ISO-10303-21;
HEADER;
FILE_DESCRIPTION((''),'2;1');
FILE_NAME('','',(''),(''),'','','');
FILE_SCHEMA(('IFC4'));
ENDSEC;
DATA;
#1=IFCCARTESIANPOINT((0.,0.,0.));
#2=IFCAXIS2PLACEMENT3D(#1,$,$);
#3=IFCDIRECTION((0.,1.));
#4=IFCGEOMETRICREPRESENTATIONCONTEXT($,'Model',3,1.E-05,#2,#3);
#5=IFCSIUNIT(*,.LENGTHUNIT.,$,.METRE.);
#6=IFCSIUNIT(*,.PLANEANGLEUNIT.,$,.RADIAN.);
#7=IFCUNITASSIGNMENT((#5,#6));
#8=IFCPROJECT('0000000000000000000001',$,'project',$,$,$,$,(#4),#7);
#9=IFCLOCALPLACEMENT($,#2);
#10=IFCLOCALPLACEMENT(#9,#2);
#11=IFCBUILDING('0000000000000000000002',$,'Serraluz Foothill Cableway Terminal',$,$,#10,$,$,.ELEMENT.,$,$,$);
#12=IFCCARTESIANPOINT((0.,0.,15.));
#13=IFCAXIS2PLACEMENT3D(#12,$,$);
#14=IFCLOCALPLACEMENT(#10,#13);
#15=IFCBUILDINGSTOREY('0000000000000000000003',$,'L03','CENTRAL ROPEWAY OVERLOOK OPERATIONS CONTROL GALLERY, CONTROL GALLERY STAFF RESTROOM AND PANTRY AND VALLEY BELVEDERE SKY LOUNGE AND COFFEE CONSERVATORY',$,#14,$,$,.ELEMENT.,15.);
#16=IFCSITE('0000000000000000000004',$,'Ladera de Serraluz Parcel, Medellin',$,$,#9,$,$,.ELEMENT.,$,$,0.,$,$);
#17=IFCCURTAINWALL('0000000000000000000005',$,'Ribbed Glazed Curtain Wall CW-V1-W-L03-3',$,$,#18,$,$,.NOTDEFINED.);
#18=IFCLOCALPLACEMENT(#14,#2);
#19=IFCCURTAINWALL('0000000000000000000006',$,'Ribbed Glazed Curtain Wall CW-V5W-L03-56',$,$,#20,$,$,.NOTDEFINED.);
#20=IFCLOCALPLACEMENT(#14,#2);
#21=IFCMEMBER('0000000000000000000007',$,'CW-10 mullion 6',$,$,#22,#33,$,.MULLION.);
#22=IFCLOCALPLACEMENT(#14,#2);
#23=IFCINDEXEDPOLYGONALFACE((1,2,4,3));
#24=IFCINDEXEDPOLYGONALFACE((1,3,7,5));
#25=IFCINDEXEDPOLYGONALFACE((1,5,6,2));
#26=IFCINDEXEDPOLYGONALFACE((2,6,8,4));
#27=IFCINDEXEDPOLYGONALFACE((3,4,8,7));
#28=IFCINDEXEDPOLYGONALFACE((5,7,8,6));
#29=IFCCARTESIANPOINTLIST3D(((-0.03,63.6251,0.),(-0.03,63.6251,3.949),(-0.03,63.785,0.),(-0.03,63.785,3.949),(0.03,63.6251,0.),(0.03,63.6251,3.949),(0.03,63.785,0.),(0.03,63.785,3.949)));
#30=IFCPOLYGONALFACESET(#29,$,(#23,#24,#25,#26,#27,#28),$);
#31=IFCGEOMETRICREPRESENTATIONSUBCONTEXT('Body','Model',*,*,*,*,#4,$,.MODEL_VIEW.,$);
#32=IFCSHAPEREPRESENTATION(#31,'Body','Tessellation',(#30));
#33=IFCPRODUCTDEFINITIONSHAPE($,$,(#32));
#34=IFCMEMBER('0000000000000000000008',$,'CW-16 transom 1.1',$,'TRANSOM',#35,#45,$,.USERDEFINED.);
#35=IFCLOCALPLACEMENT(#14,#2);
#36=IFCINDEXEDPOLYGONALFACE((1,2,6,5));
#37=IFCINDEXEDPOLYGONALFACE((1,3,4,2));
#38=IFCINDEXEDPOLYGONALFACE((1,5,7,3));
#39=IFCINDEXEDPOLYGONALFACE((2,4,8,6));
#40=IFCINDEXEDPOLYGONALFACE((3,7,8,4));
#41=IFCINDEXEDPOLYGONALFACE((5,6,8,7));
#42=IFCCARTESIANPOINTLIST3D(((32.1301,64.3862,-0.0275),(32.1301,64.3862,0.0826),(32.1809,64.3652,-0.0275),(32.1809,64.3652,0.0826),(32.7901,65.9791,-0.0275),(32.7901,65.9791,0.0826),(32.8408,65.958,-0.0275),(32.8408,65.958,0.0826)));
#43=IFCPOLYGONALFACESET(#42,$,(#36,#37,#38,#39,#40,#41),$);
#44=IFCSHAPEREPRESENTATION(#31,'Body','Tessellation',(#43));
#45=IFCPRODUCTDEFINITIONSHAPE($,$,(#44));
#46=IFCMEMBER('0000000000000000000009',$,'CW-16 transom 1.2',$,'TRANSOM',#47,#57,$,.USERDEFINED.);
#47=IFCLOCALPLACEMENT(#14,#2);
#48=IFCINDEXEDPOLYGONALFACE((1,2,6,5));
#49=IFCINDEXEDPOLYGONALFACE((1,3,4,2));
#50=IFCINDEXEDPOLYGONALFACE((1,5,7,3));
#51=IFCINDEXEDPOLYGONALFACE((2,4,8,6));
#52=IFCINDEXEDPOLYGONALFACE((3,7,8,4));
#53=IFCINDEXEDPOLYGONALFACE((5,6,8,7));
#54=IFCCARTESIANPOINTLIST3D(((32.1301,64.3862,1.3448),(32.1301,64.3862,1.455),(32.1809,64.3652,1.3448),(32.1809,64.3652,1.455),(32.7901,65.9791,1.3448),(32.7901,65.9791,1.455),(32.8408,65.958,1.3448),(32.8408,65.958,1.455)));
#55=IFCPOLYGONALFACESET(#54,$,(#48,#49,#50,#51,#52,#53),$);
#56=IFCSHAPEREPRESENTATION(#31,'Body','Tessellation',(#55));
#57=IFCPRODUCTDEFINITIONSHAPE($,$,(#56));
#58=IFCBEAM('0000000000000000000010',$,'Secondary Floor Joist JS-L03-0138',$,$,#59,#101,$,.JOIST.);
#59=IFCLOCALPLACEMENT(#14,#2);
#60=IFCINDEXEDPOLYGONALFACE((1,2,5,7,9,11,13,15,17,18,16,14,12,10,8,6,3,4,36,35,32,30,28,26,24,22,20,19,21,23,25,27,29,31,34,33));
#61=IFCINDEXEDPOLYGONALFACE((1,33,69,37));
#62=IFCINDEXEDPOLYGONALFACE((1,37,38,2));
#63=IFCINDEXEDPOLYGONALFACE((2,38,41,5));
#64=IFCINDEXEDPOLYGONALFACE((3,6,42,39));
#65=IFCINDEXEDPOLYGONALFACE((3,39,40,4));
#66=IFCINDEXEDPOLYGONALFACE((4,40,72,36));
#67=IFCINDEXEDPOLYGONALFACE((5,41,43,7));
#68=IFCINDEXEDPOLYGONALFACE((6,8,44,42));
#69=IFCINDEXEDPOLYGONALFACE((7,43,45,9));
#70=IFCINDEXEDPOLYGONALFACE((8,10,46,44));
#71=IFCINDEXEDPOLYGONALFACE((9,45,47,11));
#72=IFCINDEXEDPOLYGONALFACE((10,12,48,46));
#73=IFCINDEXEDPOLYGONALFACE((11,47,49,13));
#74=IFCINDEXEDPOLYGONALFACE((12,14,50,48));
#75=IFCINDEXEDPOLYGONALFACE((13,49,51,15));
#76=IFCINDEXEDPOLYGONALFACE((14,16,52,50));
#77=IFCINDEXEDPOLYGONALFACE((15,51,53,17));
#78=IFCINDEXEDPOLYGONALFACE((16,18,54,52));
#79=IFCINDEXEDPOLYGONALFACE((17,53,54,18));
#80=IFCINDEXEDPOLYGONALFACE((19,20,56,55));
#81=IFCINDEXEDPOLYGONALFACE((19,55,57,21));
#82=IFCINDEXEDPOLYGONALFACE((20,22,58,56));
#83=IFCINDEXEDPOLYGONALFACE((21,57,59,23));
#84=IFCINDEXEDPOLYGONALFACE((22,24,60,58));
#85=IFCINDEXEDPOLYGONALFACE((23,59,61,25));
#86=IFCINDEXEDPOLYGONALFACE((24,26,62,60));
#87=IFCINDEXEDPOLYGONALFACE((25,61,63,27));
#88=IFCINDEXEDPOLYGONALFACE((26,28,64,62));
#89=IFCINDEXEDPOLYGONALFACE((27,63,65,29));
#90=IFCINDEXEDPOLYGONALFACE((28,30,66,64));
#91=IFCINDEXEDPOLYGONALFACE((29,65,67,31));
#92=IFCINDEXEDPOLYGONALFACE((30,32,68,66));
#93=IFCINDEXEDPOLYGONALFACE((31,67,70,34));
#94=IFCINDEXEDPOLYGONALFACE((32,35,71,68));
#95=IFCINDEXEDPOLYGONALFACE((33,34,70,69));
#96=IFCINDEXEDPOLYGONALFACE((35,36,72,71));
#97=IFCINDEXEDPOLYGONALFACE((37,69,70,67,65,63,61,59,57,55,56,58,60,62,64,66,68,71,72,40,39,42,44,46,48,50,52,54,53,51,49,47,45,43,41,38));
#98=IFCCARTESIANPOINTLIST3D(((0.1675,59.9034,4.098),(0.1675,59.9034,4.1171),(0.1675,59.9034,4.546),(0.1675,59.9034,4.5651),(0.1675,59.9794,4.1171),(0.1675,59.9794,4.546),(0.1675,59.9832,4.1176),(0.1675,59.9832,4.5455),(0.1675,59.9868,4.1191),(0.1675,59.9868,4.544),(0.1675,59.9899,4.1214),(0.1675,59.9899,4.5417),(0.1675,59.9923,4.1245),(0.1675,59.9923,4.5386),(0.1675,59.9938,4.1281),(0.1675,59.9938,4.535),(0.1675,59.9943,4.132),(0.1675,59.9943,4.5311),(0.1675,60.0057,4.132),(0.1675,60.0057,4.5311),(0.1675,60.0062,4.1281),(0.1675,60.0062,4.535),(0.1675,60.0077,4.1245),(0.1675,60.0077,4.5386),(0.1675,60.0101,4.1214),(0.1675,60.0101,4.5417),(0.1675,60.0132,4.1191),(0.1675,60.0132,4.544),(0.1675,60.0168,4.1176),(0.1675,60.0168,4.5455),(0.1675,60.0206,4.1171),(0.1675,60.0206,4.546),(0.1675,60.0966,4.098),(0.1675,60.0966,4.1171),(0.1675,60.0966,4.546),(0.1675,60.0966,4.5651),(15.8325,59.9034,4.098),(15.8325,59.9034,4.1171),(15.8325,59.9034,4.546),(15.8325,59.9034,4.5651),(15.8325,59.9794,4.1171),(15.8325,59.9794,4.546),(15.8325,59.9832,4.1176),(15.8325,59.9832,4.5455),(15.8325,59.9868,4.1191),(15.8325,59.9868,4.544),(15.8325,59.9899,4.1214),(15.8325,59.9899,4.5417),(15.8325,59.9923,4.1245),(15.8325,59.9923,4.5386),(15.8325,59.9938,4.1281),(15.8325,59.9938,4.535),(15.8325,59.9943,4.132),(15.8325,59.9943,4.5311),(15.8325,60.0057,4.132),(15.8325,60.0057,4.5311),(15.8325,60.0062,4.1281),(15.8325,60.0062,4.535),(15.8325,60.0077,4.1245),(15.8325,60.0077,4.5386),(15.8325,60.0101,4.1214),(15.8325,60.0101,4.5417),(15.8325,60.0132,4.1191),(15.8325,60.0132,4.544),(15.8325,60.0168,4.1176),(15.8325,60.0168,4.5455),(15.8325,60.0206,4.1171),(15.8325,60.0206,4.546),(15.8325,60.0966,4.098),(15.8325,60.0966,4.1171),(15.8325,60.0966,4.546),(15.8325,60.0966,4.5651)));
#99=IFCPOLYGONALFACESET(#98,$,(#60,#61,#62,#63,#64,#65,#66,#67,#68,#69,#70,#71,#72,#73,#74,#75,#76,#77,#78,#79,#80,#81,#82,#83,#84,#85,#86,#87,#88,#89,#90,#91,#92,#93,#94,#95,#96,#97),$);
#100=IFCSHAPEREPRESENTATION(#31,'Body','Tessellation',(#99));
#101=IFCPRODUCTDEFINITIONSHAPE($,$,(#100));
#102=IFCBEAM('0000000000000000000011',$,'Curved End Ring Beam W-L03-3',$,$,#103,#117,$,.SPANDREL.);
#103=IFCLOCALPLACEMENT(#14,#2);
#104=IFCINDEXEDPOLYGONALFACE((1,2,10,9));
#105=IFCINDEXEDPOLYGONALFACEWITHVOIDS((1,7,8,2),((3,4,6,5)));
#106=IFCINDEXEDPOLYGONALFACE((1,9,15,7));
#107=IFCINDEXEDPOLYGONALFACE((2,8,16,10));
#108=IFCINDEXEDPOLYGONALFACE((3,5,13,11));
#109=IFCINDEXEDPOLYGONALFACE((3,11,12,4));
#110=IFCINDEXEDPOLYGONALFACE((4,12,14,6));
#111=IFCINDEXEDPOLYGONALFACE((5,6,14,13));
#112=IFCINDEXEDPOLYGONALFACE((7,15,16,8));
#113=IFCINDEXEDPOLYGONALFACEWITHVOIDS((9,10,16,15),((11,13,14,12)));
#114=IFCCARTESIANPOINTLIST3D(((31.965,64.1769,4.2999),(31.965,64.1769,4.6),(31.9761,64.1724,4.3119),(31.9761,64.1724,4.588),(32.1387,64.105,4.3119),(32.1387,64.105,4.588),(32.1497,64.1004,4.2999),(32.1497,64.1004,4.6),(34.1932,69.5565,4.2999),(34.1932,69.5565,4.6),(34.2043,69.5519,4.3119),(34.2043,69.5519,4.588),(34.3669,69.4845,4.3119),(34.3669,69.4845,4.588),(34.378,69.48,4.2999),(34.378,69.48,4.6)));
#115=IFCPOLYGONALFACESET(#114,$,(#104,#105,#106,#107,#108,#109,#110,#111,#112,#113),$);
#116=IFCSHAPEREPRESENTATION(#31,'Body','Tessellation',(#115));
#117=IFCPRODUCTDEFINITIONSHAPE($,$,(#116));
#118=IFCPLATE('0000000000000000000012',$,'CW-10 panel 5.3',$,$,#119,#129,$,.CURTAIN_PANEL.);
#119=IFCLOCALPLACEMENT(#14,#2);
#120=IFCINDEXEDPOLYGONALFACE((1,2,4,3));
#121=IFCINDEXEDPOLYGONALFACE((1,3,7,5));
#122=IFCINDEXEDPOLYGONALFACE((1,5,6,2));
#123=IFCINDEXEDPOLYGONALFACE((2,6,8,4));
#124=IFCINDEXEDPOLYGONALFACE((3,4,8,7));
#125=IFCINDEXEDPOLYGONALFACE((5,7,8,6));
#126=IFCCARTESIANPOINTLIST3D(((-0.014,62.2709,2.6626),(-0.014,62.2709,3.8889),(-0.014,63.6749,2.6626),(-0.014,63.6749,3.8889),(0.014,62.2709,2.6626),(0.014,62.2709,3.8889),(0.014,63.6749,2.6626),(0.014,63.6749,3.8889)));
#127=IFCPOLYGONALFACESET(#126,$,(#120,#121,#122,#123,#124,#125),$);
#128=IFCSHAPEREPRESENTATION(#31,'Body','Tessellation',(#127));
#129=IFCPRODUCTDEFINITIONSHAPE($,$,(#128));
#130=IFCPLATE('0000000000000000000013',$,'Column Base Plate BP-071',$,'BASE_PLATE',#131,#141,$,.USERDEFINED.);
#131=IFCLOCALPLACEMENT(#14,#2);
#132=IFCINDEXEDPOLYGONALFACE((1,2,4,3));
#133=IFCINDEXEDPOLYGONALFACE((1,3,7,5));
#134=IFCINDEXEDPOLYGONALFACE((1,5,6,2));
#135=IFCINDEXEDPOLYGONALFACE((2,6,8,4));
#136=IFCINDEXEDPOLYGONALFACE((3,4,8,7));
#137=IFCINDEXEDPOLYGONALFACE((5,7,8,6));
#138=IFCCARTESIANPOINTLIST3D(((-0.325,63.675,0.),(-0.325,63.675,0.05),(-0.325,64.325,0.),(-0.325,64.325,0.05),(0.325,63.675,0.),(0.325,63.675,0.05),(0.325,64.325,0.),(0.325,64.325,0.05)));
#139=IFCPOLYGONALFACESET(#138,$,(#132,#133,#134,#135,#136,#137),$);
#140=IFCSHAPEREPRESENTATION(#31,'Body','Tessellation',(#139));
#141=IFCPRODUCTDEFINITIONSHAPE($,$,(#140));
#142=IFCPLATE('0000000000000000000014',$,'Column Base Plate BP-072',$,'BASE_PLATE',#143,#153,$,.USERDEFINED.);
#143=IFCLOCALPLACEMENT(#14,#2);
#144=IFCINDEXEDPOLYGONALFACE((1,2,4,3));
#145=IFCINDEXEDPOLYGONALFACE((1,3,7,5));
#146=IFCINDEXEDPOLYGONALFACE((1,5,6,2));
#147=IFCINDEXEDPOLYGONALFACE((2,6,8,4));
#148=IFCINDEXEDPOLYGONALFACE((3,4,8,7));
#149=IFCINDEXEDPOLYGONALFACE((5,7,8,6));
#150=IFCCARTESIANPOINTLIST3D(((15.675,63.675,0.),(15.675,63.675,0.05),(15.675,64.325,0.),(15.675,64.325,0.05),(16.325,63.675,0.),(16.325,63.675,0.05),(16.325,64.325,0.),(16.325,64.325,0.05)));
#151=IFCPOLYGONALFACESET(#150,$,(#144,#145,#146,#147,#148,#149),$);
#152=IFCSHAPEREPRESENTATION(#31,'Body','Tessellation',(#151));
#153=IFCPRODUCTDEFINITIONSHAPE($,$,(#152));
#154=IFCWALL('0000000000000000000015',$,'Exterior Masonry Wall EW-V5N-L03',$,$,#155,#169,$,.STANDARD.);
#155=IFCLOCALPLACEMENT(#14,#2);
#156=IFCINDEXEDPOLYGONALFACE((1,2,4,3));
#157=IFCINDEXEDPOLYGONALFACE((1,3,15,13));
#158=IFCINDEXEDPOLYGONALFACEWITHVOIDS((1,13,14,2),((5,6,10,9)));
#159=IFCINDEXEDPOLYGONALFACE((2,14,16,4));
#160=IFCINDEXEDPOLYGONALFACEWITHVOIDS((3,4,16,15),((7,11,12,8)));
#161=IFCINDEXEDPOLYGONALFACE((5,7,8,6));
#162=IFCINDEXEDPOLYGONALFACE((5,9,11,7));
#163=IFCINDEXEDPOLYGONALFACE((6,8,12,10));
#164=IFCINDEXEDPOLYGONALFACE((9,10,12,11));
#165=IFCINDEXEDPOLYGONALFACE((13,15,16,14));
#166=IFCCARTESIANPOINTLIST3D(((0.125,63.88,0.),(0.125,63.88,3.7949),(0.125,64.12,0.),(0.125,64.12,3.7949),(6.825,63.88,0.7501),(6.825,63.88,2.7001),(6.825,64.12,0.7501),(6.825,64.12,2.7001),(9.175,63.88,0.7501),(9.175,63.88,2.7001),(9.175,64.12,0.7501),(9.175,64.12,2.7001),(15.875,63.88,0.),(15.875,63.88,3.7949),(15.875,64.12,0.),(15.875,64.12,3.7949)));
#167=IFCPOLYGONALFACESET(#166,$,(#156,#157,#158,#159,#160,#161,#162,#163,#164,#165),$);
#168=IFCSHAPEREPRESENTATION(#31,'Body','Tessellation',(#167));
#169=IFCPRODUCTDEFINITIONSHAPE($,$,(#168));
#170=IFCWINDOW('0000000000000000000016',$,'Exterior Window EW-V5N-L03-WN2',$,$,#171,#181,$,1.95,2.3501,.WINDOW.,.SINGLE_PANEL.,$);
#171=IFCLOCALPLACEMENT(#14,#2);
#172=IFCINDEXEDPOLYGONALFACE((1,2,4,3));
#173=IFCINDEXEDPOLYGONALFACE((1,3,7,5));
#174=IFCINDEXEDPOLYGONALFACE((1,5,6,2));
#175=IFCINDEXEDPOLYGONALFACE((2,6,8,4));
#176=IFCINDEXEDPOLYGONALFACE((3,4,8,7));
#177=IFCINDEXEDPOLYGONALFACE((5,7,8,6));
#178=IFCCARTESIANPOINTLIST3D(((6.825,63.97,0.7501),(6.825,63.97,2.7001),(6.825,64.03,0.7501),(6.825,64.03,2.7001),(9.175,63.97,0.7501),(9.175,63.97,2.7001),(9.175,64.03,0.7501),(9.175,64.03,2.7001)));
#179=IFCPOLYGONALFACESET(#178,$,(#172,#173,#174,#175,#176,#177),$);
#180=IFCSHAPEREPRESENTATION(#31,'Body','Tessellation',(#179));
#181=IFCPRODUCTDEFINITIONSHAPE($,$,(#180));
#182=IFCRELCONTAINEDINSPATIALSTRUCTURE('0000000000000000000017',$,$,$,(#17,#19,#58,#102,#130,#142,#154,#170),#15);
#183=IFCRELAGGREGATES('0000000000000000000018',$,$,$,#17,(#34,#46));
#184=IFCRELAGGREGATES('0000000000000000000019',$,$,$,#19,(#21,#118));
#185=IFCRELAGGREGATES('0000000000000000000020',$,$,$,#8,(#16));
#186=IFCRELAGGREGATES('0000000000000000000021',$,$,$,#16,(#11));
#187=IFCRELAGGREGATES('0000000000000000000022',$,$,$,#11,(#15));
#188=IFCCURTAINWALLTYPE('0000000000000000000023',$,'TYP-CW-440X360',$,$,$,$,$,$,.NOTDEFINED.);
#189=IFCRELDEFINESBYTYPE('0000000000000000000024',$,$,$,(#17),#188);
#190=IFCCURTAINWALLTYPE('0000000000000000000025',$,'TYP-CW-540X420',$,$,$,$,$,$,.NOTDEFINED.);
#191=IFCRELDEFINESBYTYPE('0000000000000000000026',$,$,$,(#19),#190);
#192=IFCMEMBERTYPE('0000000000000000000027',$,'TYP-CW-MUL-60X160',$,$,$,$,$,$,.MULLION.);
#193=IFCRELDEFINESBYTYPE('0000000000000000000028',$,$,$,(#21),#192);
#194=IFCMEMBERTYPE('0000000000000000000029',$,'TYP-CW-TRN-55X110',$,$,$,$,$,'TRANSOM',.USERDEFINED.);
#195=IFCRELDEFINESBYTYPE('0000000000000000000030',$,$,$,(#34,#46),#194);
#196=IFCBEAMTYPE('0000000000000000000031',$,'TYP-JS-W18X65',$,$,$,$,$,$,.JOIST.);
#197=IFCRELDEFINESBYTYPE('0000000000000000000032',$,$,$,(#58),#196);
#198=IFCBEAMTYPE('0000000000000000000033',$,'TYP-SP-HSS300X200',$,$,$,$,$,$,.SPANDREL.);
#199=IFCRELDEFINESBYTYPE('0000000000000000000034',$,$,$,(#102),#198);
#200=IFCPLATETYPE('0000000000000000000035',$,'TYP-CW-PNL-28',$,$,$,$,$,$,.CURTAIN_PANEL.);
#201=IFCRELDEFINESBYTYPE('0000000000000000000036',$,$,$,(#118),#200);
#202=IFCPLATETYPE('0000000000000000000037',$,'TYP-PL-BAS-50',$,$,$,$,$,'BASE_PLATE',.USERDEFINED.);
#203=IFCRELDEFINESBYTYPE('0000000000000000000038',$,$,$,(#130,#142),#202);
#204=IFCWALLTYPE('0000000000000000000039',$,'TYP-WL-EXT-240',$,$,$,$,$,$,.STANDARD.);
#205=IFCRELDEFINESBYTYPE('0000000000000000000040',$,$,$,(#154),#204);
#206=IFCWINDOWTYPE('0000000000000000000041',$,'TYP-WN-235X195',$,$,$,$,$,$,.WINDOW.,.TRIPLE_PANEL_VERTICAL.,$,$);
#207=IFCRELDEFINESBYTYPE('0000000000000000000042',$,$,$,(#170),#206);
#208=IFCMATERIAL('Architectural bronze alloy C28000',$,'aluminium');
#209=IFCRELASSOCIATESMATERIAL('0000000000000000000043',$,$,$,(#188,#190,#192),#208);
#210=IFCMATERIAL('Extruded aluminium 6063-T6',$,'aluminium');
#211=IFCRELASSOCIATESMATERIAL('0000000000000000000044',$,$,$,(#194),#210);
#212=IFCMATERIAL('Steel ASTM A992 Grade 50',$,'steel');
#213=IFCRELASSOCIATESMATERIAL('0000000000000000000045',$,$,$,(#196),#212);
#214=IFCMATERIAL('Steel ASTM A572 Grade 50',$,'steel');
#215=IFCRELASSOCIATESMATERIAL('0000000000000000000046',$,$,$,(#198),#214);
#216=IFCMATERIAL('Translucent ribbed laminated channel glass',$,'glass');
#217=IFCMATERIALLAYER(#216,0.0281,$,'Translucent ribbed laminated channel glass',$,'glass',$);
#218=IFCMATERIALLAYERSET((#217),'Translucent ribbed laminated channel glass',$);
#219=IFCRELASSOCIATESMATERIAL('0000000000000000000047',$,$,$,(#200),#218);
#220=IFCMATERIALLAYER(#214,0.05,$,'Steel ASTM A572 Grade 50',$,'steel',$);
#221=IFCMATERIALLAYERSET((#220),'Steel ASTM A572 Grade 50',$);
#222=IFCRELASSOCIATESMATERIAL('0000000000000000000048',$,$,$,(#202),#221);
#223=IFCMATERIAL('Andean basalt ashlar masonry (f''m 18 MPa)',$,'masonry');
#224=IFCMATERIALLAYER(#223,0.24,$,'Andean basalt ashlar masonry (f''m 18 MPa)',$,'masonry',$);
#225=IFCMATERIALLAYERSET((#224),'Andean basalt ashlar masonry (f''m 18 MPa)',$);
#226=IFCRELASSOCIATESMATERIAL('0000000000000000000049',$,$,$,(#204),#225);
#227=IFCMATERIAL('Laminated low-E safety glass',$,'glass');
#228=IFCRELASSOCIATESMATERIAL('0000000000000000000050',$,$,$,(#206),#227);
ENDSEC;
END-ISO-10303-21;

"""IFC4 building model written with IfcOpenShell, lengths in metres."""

from ifc_helpers import new_model, si_unit, direction, frame, frame_2d, origin, origin_2d, place, context, subcontext, project, spatial, rectangle, hollow_rectangle, i_section, extrude, material, layer, layer_set, material_profile, profile_set, type_object, element, fill, aggregate, save


model = new_model("IFC4")

# Units and contexts
model_context = context("Model", 3, precision=1e-05, world=origin(), true_north=direction((0.0, 1.0)))
body_context = subcontext(model_context, "Body", "Model", "MODEL_VIEW")
ifc_project = project(units=[si_unit("LENGTHUNIT", "METRE"), si_unit("PLANEANGLEUNIT", "RADIAN")], contexts=[model_context])

# Site, building, storey
site_placement = place(None, origin())
site = spatial("IfcSite", under=ifc_project, at=site_placement, Name="Ladera de Serraluz Parcel, Medellin", CompositionType="ELEMENT", RefElevation=0.0)
building_placement = place(site_placement, origin())
building = spatial("IfcBuilding", under=site, at=building_placement, Name="Serraluz Foothill Cableway Terminal", CompositionType="ELEMENT")
storey_placement = place(building_placement, frame((0.0, 0.0, 15.0)))
storey = spatial("IfcBuildingStorey", under=building, at=storey_placement, Name="L03", Description="CENTRAL ROPEWAY OVERLOOK OPERATIONS CONTROL GALLERY, CONTROL GALLERY STAFF RESTROOM AND PANTRY AND VALLEY BELVEDERE SKY LOUNGE AND COFFEE CONSERVATORY", CompositionType="ELEMENT", Elevation=15.0)

# Shared definitions
ifc_material_1 = material(Name="Steel ASTM A572 Grade 50", Category="steel")

# Shared definitions
ifc_material_2 = material(Name="Steel ASTM A992 Grade 50", Category="steel")

# Curtain walls, member
ifc_material_3 = material(Name="Architectural bronze alloy C28000", Category="aluminium")
ifc_material_4 = material(Name="Extruded aluminium 6063-T6", Category="aluminium")
curtain_wall_type_1 = type_object("IfcCurtainWallType", Name="TYP-CW-440X360", PredefinedType="NOTDEFINED", material=ifc_material_3)
curtain_wall_1_placement = place(storey_placement, origin())
curtain_wall_1 = element("IfcCurtainWall", 1, at=curtain_wall_1_placement, inside=storey, type_object=curtain_wall_type_1, Name="Ribbed Glazed Curtain Wall CW-V1-W-L03-3", PredefinedType="NOTDEFINED")
curtain_wall_type_2 = type_object("IfcCurtainWallType", Name="TYP-CW-540X420", PredefinedType="NOTDEFINED", material=ifc_material_3)
curtain_wall_2_placement = place(storey_placement, origin())
curtain_wall_2 = element("IfcCurtainWall", 2, at=curtain_wall_2_placement, inside=storey, type_object=curtain_wall_type_2, Name="Ribbed Glazed Curtain Wall CW-V5W-L03-56", PredefinedType="NOTDEFINED")
ifc_material_profile_1 = material_profile(ifc_material_3, rectangle(XDim=0.0601, YDim=0.1599, at=origin_2d()), Name="ALU MULLION 60x160")
ifc_profile_set_1 = profile_set([ifc_material_profile_1], Name="Architectural bronze alloy C28000")
member_type_1 = type_object("IfcMemberType", Name="TYP-CW-MUL-60X160", PredefinedType="MULLION", material=ifc_profile_set_1)
member_1_placement = place(storey_placement, frame((0.0, 63.7051, 0.0), z_axis=(0.0, 0.0, 1.0), x_axis=(-1.0, 0.0, 0.0)))
member_1 = element("IfcMember", 3, at=member_1_placement, type_object=member_type_1, Name="CW-10 mullion 6", PredefinedType="MULLION", context=body_context, shape_type="SweptSolid", body=[
    extrude(rectangle(XDim=0.0601, YDim=0.1599, at=origin_2d()), origin(), (0.0, 0.0, 1.0), 3.949),
])

# Members
ifc_material_profile_2 = material_profile(ifc_material_4, rectangle(XDim=0.0549, YDim=0.1101, at=origin_2d()), Name="ALU TRANSOM 55x110")
ifc_profile_set_2 = profile_set([ifc_material_profile_2], Name="Extruded aluminium 6063-T6")
member_type_2 = type_object("IfcMemberType", Name="TYP-CW-TRN-55X110", ElementType="TRANSOM", PredefinedType="USERDEFINED", material=ifc_profile_set_2)
member_2_placement = place(storey_placement, frame((32.1555, 64.3757, 0.0276), z_axis=(0.382765, 0.923846, 0.0), x_axis=(-0.923846, 0.382765, 0.0)))
member_2 = element("IfcMember", 4, at=member_2_placement, type_object=member_type_2, Name="CW-16 transom 1.1", ObjectType="TRANSOM", PredefinedType="USERDEFINED", context=body_context, shape_type="SweptSolid", body=[
    extrude(rectangle(XDim=0.0549, YDim=0.1101, at=origin_2d()), origin(), (0.0, 0.0, 1.0), 1.7241),
])
member_3_placement = place(storey_placement, frame((32.1555, 64.3757, 1.3999), z_axis=(0.382765, 0.923846, 0.0), x_axis=(-0.923846, 0.382765, 0.0)))
member_3 = element("IfcMember", 5, at=member_3_placement, type_object=member_type_2, Name="CW-16 transom 1.2", ObjectType="TRANSOM", PredefinedType="USERDEFINED", context=body_context, shape_type="SweptSolid", body=[
    extrude(rectangle(XDim=0.0549, YDim=0.1101, at=origin_2d()), origin(), (0.0, 0.0, 1.0), 1.7241),
])
aggregate(curtain_wall_1, [member_2, member_3])

# Beams
ifc_material_profile_3 = material_profile(ifc_material_2, i_section(OverallWidth=0.1931, OverallDepth=0.467, WebThickness=0.0115, FlangeThickness=0.019, FilletRadius=0.0149, at=origin_2d()), Name="W18X65")
ifc_profile_set_3 = profile_set([ifc_material_profile_3], Name="Steel ASTM A992 Grade 50")
beam_type_1 = type_object("IfcBeamType", Name="TYP-JS-W18X65", PredefinedType="JOIST", material=ifc_profile_set_3)
beam_1_placement = place(storey_placement, frame((0.1675, 60.0, 4.3315), z_axis=(1.0, 0.0, 0.0), x_axis=(0.0, 1.0, 0.0)))
element("IfcBeam", 6, at=beam_1_placement, inside=storey, type_object=beam_type_1, Name="Secondary Floor Joist JS-L03-0138", PredefinedType="JOIST", context=body_context, shape_type="SweptSolid", body=[
    extrude(i_section(OverallWidth=0.1931, OverallDepth=0.467, WebThickness=0.0115, FlangeThickness=0.019, FilletRadius=0.0149, at=origin_2d()), origin(), (0.0, 0.0, 1.0), 15.665),
])
ifc_material_profile_4 = material_profile(ifc_material_1, hollow_rectangle(XDim=0.2, YDim=0.3, WallThickness=0.012, at=origin_2d()), Name="HSS300X200X12")
ifc_profile_set_4 = profile_set([ifc_material_profile_4], Name="Steel ASTM A572 Grade 50")
beam_type_2 = type_object("IfcBeamType", Name="TYP-SP-HSS300X200", PredefinedType="SPANDREL", material=ifc_profile_set_4)
beam_2_placement = place(storey_placement, frame((32.0574, 64.1387, 4.45), z_axis=(0.382676, 0.923882, 0.0), x_axis=(-0.923882, 0.382676, 0.0)))
element("IfcBeam", 7, at=beam_2_placement, inside=storey, type_object=beam_type_2, Name="Curved End Ring Beam W-L03-3", PredefinedType="SPANDREL", context=body_context, shape_type="SweptSolid", body=[
    extrude(hollow_rectangle(XDim=0.2, YDim=0.3, WallThickness=0.012, at=origin_2d()), origin(), (0.0, 0.0, 1.0), 5.8228),
])

# Plate
ifc_material_5 = material(Name="Translucent ribbed laminated channel glass", Category="glass")
ifc_layer_1 = layer(ifc_material_5, 0.0281, Name="Translucent ribbed laminated channel glass", Category="glass")
ifc_layer_set_1 = layer_set([ifc_layer_1], Name="Translucent ribbed laminated channel glass")
plate_type_1 = type_object("IfcPlateType", Name="TYP-CW-PNL-28", PredefinedType="CURTAIN_PANEL", material=ifc_layer_set_1)
plate_placement = place(storey_placement, frame((0.0, 62.9729, 2.6626), z_axis=(0.0, 0.0, 1.0), x_axis=(0.0, 1.0, 0.0)))
plate = element("IfcPlate", 8, at=plate_placement, type_object=plate_type_1, Name="CW-10 panel 5.3", PredefinedType="CURTAIN_PANEL", context=body_context, shape_type="SweptSolid", body=[
    extrude(rectangle(XDim=1.4041, YDim=0.0281, at=origin_2d()), origin(), (0.0, 0.0, 1.0), 1.2263),
])
aggregate(curtain_wall_2, [member_1, plate])

# Plates
ifc_layer_2 = layer(ifc_material_1, 0.05, Name="Steel ASTM A572 Grade 50", Category="steel")
ifc_layer_set_2 = layer_set([ifc_layer_2], Name="Steel ASTM A572 Grade 50")
plate_type_2 = type_object("IfcPlateType", Name="TYP-PL-BAS-50", ElementType="BASE_PLATE", PredefinedType="USERDEFINED", material=ifc_layer_set_2)
for number, where, z_axis, x_axis, name in (
    (9, (0.0, 64.0, 0.0), (0.0, 0.0, 1.0), (1.0, 0.0, 0.0), "Column Base Plate BP-071"),
    (10, (16.0, 64.0, 0.0), (0.0, 0.0, 1.0), (1.0, 0.0, 0.0), "Column Base Plate BP-072"),
):
    element("IfcPlate", number, at=place(storey_placement, frame(where, z_axis=z_axis, x_axis=x_axis)), inside=storey, type_object=plate_type_2, Name=name, ObjectType="BASE_PLATE", PredefinedType="USERDEFINED", context=body_context, shape_type="SweptSolid", body=[
        extrude(rectangle(XDim=0.6499, YDim=0.6499, at=origin_2d()), origin(), (0.0, 0.0, 1.0), 0.05),
    ])

# Wall, opening, window
ifc_material_6 = material(Name="Andean basalt ashlar masonry (f'm 18 MPa)", Category="masonry")
ifc_layer_3 = layer(ifc_material_6, 0.24, Name="Andean basalt ashlar masonry (f'm 18 MPa)", Category="masonry")
ifc_layer_set_3 = layer_set([ifc_layer_3], Name="Andean basalt ashlar masonry (f'm 18 MPa)")
wall_type_1 = type_object("IfcWallType", Name="TYP-WL-EXT-240", PredefinedType="STANDARD", material=ifc_layer_set_3)
wall_1_placement = place(storey_placement, frame((0.125, 64.0, 0.0), z_axis=(0.0, 0.0, 1.0), x_axis=(1.0, 0.0, 0.0)))
wall_1 = element("IfcWall", 11, at=wall_1_placement, inside=storey, type_object=wall_type_1, Name="Exterior Masonry Wall EW-V5N-L03", PredefinedType="STANDARD", context=body_context, shape_type="SweptSolid", body=[
    extrude(rectangle(XDim=15.75, YDim=0.24, at=frame_2d((7.875, 0.0))), origin(), (0.0, 0.0, 1.0), 3.7949),
])
opening_1_placement = place(wall_1_placement, frame((6.7, 0.0, 0.75)))
opening_1 = element("IfcOpeningElement", 12, at=opening_1_placement, cuts=wall_1, PredefinedType="OPENING", context=body_context, shape_type="SweptSolid", body=[
    extrude(rectangle(XDim=2.3501, YDim=1.95, at=frame_2d((1.175, 0.9751))), frame((0.0, 0.1299, 0.0), z_axis=(0.0, -1.0, 0.0), x_axis=(1.0, 0.0, 0.0)), (0.0, 0.0, 1.0), 0.26),
])
ifc_material_7 = material(Name="Laminated low-E safety glass", Category="glass")
window_type_1 = type_object("IfcWindowType", Name="TYP-WN-235X195", PartitioningType="TRIPLE_PANEL_VERTICAL", PredefinedType="WINDOW", material=ifc_material_7)
window_1_placement = place(opening_1_placement, origin())
window_1 = element("IfcWindow", 13, at=window_1_placement, inside=storey, type_object=window_type_1, Name="Exterior Window EW-V5N-L03-WN2", OverallHeight=1.95, OverallWidth=2.3501, PartitioningType="SINGLE_PANEL", PredefinedType="WINDOW", context=body_context, shape_type="SweptSolid", body=[
    extrude(rectangle(XDim=2.3501, YDim=1.95, at=frame_2d((1.175, 0.9751))), frame((0.0, 0.03, 0.0), z_axis=(0.0, -1.0, 0.0), x_axis=(1.0, 0.0, 0.0)), (0.0, 0.0, 1.0), 0.0601),
])
fill(opening_1, window_1)

save(model, "model.ifc")
